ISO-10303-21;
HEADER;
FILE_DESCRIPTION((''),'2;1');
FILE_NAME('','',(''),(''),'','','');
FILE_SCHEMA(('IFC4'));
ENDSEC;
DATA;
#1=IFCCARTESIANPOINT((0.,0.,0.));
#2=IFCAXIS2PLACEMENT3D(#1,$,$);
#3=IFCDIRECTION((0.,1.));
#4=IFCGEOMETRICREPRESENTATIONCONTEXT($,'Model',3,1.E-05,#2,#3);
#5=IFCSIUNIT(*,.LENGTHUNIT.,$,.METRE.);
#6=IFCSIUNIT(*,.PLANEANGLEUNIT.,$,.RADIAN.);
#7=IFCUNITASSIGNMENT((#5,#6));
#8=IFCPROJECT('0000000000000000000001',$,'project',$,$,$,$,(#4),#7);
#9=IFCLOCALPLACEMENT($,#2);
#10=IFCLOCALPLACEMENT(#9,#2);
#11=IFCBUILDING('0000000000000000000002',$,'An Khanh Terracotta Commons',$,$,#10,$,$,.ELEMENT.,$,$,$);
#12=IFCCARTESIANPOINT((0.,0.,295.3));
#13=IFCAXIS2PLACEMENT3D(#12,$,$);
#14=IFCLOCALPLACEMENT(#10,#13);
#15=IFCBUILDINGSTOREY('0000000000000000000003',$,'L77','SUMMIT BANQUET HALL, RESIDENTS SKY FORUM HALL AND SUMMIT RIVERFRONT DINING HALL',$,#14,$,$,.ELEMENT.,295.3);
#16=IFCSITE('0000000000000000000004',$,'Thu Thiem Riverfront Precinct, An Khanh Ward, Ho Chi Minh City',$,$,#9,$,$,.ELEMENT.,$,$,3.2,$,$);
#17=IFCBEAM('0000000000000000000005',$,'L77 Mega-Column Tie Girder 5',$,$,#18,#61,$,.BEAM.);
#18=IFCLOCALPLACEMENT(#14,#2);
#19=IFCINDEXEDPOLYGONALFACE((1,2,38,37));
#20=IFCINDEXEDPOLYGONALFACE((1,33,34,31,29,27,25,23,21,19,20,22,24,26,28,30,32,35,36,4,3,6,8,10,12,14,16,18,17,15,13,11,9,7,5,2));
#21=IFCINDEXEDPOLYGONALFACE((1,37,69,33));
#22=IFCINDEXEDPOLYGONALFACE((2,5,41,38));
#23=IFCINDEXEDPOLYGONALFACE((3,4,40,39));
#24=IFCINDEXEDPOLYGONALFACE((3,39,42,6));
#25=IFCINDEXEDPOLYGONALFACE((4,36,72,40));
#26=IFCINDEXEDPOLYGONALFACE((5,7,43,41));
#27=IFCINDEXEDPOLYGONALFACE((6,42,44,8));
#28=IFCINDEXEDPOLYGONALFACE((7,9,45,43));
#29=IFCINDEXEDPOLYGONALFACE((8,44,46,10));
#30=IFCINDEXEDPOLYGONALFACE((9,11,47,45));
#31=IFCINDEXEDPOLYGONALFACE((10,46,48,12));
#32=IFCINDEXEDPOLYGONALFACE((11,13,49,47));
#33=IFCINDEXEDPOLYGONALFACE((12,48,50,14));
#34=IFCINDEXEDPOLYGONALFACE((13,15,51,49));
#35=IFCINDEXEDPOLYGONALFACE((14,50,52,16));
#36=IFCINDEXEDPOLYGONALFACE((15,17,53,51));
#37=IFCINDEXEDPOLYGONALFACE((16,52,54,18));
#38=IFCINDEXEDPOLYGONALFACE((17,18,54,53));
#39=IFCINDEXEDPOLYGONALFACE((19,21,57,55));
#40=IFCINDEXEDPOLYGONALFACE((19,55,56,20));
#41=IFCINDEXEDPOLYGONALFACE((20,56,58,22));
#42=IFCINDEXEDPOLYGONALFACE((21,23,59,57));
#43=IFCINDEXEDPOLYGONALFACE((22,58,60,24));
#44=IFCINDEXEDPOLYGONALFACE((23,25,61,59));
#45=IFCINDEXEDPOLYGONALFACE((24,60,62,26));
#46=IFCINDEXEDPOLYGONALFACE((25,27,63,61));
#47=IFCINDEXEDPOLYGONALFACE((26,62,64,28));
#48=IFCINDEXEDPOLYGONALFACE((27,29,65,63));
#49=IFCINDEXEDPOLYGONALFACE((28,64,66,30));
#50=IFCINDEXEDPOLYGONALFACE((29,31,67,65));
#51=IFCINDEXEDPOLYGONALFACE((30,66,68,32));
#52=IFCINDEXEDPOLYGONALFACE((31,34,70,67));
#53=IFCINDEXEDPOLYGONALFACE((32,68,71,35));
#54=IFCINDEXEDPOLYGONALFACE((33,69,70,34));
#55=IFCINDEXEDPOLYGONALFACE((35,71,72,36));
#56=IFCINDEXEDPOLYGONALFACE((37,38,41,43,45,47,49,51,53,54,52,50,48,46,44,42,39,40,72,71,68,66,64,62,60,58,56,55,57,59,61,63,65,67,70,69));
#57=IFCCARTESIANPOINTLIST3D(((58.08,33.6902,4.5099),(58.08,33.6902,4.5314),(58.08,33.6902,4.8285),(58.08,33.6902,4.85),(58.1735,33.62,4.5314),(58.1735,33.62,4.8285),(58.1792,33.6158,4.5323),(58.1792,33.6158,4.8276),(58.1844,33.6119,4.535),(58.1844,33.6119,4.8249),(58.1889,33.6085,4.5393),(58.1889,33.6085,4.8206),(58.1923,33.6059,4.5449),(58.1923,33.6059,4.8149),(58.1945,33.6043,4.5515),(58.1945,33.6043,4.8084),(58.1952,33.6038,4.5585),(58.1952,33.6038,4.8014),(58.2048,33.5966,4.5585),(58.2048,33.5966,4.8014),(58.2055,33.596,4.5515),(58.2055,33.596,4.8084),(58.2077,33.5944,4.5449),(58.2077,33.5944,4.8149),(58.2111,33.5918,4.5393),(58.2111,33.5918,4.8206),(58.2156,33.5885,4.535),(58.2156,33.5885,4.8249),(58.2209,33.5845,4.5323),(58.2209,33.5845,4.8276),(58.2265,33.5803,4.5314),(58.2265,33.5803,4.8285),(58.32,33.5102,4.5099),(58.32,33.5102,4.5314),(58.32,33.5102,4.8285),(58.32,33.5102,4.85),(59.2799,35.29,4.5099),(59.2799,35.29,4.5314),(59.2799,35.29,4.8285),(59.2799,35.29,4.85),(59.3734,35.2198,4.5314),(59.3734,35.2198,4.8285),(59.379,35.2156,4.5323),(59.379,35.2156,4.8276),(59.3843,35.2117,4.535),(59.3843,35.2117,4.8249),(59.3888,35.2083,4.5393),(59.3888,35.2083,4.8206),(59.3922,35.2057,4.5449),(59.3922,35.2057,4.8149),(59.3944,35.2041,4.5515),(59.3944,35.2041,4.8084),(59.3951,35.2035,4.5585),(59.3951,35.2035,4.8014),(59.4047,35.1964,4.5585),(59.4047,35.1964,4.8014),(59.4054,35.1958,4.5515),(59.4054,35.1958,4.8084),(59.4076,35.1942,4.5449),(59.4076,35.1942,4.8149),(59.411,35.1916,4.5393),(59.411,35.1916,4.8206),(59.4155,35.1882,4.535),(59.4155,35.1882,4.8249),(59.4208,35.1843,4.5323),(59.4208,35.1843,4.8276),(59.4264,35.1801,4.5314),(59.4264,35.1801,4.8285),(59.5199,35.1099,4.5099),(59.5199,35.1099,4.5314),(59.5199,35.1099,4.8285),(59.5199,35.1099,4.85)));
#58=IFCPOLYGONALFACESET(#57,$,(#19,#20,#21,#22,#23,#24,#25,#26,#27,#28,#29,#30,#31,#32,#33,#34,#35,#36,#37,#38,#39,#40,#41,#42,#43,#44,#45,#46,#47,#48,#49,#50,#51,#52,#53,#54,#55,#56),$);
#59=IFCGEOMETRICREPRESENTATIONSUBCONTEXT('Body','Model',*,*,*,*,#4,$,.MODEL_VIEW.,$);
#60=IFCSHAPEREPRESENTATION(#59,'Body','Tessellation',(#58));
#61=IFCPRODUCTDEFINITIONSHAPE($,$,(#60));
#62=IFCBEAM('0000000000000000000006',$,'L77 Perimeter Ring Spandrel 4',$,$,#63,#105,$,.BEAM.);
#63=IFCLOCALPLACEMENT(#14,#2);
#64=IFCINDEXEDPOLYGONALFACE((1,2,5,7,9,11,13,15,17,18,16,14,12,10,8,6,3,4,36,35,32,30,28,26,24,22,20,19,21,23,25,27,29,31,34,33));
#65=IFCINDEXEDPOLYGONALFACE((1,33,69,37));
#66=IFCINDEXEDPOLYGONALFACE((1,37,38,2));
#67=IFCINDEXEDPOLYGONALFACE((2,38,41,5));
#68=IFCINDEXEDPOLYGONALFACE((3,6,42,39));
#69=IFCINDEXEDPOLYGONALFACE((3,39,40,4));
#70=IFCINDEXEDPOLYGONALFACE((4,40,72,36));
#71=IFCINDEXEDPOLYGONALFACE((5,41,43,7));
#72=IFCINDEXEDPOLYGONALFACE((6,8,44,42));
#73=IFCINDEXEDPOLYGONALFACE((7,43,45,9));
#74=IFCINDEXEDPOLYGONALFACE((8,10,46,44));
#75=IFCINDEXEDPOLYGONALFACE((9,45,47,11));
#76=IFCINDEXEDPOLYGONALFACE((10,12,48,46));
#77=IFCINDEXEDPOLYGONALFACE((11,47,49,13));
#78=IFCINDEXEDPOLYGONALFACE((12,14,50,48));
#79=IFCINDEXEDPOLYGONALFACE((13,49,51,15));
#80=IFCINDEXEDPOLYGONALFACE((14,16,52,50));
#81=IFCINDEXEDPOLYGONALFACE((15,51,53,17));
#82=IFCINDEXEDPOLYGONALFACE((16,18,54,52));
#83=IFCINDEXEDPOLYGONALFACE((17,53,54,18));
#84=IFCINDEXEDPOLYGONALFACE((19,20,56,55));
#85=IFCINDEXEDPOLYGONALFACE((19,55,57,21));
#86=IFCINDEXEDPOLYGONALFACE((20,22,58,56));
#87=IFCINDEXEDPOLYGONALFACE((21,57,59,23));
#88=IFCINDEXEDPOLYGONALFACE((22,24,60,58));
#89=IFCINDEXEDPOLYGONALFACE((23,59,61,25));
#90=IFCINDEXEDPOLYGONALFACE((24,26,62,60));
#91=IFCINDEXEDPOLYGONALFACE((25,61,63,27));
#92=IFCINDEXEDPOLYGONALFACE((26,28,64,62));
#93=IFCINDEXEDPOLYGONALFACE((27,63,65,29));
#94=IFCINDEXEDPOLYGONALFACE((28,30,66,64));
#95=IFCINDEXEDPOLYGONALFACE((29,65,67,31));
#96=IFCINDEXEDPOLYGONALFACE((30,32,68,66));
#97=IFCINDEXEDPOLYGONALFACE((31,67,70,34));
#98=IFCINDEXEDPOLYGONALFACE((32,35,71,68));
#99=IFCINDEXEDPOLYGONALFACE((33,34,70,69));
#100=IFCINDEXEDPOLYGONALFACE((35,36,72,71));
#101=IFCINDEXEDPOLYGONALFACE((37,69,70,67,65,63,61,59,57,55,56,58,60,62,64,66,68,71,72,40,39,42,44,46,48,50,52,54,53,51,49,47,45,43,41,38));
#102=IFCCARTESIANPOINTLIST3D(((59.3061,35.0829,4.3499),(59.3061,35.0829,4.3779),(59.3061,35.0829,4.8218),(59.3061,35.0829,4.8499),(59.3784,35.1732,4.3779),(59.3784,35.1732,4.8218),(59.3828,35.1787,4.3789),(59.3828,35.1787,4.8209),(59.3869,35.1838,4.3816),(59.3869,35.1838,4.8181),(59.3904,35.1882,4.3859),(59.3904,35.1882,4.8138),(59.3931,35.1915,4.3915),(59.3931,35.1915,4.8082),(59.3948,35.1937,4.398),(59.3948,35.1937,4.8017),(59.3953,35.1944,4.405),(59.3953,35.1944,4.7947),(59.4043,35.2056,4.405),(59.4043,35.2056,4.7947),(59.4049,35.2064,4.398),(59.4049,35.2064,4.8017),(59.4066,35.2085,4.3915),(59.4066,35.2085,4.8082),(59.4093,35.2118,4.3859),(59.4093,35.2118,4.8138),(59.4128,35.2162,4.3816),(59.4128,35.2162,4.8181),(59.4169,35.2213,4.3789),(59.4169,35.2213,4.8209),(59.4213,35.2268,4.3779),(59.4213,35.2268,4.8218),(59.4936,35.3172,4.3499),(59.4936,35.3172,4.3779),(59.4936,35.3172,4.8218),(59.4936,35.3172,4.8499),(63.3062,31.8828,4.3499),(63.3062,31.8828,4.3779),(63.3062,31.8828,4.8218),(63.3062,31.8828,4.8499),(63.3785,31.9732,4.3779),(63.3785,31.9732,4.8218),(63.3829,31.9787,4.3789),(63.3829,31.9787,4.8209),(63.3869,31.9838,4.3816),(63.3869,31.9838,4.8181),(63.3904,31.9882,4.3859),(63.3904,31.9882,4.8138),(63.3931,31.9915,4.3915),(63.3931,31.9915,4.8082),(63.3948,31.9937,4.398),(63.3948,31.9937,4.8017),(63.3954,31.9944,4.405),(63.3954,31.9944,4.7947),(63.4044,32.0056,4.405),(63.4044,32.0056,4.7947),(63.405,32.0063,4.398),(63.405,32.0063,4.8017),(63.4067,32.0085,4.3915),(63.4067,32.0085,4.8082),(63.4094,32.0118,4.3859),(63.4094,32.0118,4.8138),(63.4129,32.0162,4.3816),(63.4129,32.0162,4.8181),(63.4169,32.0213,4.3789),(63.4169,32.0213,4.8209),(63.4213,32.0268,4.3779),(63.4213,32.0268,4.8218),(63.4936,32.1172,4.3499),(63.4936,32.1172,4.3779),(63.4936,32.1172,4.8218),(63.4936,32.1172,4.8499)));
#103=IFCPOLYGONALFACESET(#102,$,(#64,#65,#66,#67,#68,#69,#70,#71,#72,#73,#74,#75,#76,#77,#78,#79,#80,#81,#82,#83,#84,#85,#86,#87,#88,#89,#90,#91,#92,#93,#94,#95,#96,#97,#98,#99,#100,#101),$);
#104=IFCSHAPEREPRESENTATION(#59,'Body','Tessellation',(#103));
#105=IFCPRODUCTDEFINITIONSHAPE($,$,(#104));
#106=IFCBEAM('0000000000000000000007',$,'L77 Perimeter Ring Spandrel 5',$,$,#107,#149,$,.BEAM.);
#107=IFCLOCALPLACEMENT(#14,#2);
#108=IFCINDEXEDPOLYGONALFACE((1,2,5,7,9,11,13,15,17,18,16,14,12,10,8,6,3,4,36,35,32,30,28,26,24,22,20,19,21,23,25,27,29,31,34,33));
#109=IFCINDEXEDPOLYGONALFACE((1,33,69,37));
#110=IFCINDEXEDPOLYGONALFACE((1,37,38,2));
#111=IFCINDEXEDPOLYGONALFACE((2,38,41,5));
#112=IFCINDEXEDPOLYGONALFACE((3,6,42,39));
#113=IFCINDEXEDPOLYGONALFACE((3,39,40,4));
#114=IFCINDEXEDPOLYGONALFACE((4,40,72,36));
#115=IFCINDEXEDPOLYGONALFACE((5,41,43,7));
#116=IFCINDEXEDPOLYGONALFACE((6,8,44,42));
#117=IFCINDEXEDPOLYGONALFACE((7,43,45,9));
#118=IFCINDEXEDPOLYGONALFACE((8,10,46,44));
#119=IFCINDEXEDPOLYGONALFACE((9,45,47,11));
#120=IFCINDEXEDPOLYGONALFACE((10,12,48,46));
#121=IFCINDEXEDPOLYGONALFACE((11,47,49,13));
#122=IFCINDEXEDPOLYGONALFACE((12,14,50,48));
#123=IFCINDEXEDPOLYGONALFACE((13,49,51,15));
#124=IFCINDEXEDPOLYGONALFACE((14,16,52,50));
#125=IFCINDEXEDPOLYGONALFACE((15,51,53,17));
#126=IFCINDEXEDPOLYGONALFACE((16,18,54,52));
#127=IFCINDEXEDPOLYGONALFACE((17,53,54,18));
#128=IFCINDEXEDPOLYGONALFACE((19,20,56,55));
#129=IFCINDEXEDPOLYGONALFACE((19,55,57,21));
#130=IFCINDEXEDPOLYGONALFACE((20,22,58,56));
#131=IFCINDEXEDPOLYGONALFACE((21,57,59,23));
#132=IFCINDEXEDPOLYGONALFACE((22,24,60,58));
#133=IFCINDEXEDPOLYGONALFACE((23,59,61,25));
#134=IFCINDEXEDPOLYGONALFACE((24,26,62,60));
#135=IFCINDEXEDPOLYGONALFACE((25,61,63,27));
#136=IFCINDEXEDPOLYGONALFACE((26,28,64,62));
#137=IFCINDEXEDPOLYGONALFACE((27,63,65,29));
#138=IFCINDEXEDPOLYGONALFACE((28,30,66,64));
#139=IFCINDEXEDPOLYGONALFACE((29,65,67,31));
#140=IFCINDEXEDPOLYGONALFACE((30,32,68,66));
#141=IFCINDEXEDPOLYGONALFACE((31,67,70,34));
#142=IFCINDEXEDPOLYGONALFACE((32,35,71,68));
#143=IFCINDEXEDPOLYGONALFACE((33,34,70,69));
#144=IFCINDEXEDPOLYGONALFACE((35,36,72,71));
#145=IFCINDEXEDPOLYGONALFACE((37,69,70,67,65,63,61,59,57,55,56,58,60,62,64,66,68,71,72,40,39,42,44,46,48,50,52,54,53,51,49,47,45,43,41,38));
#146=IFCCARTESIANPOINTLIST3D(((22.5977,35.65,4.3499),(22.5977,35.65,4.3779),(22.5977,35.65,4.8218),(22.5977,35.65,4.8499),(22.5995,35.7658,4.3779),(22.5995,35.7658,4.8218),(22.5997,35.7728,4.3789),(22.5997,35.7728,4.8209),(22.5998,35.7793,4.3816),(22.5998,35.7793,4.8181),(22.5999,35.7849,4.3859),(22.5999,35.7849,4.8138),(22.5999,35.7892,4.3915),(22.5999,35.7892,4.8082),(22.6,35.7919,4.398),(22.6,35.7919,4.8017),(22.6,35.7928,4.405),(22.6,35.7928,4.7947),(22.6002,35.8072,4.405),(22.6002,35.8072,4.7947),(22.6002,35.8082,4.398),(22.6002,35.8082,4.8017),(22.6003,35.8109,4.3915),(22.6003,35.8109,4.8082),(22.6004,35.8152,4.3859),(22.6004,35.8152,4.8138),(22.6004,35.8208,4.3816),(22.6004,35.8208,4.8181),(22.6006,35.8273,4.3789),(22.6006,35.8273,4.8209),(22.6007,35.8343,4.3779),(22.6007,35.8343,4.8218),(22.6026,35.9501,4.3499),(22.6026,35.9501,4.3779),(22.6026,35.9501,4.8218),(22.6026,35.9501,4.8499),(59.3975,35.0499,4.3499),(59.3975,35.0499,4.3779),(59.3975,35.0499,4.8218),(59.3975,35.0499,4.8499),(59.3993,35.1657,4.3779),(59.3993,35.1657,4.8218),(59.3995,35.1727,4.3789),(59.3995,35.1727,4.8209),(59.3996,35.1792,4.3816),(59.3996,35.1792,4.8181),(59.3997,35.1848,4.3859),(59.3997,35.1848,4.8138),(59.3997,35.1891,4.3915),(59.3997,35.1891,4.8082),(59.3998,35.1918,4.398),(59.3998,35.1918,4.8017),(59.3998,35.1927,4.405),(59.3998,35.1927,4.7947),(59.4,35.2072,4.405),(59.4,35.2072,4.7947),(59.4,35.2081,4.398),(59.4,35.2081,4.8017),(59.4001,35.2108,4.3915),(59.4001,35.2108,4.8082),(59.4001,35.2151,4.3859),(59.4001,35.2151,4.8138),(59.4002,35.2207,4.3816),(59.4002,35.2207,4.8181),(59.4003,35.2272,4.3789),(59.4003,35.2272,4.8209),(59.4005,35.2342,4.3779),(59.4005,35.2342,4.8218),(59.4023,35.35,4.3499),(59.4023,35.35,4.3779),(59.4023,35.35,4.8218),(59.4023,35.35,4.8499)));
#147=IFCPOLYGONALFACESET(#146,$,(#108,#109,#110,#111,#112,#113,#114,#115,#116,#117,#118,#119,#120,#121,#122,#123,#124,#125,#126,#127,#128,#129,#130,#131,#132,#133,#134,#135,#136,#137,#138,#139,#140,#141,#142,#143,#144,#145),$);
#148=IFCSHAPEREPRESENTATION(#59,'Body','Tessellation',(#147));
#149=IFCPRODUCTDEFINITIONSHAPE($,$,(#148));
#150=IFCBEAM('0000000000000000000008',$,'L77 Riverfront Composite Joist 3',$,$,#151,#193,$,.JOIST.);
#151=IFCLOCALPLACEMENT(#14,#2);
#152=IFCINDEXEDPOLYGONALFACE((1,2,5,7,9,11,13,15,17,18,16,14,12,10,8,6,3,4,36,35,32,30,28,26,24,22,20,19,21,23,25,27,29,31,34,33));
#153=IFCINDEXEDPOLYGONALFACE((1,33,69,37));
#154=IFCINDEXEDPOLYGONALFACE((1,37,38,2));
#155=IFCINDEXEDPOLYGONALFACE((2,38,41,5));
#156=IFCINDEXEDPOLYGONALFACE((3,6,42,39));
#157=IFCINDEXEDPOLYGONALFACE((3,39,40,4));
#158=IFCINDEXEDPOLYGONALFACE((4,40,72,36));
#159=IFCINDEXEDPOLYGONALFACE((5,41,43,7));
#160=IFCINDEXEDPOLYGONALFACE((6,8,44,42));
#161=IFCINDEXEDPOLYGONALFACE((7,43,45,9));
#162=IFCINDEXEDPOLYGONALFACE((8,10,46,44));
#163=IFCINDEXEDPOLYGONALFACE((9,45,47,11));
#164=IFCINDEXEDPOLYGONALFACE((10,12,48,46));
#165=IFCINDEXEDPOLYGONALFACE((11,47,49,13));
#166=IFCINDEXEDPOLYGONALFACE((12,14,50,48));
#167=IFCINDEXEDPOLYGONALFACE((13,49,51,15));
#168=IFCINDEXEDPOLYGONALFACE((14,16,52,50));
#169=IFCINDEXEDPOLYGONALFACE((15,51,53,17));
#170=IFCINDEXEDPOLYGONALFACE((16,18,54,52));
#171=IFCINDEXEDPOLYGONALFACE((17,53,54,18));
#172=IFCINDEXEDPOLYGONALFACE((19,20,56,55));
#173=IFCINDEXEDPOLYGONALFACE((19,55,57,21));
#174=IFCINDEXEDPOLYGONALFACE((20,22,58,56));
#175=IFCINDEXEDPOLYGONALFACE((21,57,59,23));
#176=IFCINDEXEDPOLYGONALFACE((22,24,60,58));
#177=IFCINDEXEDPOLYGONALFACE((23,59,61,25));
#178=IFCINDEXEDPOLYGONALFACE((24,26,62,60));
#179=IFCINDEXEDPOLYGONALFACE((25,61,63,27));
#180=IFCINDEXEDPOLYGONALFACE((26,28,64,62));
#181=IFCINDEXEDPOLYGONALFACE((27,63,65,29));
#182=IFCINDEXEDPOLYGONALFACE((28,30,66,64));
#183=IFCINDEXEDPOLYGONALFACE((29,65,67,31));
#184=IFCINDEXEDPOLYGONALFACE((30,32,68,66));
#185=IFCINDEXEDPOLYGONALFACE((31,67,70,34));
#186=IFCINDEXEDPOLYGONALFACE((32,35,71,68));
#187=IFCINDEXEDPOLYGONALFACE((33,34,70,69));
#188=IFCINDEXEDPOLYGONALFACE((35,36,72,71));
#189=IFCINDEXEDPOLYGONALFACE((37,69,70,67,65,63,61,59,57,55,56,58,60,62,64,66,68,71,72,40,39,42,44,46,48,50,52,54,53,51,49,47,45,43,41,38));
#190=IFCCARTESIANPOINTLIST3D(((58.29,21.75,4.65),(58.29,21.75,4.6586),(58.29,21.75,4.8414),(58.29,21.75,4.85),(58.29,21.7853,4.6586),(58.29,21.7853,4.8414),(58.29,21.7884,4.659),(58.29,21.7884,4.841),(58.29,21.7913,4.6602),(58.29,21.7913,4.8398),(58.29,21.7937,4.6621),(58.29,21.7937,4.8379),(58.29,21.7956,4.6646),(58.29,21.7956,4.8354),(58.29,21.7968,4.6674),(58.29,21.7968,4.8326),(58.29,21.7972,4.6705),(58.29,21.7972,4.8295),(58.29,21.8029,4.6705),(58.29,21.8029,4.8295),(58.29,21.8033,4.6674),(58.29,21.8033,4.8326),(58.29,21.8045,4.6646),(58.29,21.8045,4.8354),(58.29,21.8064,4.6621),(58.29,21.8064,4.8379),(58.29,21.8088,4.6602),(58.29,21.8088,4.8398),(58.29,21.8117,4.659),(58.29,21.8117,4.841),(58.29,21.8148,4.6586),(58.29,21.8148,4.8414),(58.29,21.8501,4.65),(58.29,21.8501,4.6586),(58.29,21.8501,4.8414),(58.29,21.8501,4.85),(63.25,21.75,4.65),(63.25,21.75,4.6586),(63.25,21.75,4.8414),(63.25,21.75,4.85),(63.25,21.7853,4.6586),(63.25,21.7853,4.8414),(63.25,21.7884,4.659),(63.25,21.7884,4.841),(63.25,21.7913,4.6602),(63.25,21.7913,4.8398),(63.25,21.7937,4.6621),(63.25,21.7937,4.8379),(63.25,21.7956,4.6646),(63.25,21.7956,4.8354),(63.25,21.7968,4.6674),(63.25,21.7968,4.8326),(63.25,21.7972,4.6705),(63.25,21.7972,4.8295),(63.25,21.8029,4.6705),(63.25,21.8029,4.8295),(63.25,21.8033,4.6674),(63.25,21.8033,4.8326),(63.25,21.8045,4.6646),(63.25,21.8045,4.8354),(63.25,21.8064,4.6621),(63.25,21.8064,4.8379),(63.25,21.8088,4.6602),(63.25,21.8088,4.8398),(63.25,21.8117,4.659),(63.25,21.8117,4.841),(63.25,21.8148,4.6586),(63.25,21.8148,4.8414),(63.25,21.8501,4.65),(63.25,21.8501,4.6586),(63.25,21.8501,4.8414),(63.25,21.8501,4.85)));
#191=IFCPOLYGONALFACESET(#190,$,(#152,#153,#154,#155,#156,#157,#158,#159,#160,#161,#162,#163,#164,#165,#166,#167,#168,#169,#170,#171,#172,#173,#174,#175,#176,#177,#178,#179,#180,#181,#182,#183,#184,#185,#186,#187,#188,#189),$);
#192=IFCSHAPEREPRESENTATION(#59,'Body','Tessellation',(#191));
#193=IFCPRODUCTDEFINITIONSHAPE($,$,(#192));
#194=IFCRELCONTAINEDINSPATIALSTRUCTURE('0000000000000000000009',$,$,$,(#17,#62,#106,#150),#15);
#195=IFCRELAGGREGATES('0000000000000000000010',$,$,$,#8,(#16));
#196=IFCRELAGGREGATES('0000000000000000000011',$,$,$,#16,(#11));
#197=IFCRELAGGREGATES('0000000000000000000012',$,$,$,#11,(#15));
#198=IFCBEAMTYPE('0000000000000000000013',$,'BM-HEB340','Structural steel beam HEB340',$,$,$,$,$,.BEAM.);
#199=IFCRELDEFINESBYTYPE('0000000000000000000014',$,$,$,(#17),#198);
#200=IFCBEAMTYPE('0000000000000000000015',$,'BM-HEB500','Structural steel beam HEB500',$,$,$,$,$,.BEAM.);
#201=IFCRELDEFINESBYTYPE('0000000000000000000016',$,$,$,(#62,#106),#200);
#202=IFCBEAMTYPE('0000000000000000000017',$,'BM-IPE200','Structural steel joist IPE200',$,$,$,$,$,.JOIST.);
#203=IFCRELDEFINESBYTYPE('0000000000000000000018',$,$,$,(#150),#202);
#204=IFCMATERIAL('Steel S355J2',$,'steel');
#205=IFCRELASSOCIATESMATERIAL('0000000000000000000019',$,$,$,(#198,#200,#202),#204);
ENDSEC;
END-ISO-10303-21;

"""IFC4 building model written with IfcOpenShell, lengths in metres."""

from ifc_helpers import new_model, si_unit, direction, frame, origin, origin_2d, place, context, subcontext, project, spatial, i_section, extrude, material, material_profile, profile_set, type_object, element, save


model = new_model("IFC4")

# Units and contexts
model_context = context("Model", 3, precision=1e-05, world=origin(), true_north=direction((0.0, 1.0)))
body_context = subcontext(model_context, "Body", "Model", "MODEL_VIEW")
ifc_project = project(units=[si_unit("LENGTHUNIT", "METRE"), si_unit("PLANEANGLEUNIT", "RADIAN")], contexts=[model_context])

# Site, building, storey
site_placement = place(None, origin())
site = spatial("IfcSite", under=ifc_project, at=site_placement, Name="Thu Thiem Riverfront Precinct, An Khanh Ward, Ho Chi Minh City", CompositionType="ELEMENT", RefElevation=3.2)
building_placement = place(site_placement, origin())
building = spatial("IfcBuilding", under=site, at=building_placement, Name="An Khanh Terracotta Commons", CompositionType="ELEMENT")
storey_placement = place(building_placement, frame((0.0, 0.0, 295.3)))
storey = spatial("IfcBuildingStorey", under=building, at=storey_placement, Name="L77", Description="SUMMIT BANQUET HALL, RESIDENTS SKY FORUM HALL AND SUMMIT RIVERFRONT DINING HALL", CompositionType="ELEMENT", Elevation=295.3)

# Beams
ifc_material_1 = material(Name="Steel S355J2", Category="steel")
ifc_material_profile_1 = material_profile(ifc_material_1, i_section(OverallWidth=0.3, OverallDepth=0.3401, WebThickness=0.012, FlangeThickness=0.0215, FilletRadius=0.0271, at=origin_2d()), Name="HEB340")
ifc_profile_set_1 = profile_set([ifc_material_profile_1], Name="Steel S355J2")
beam_type_1 = type_object("IfcBeamType", Name="BM-HEB340", Description="Structural steel beam HEB340", PredefinedType="BEAM", material=ifc_profile_set_1)
beam_1_placement = place(storey_placement, frame((59.3999, 35.2, 4.6799), z_axis=(-0.60002, -0.799985, 0.0), x_axis=(0.799985, -0.60002, 0.0)))
element("IfcBeam", 1, at=beam_1_placement, inside=storey, type_object=beam_type_1, Name="L77 Mega-Column Tie Girder 5", PredefinedType="BEAM", context=body_context, shape_type="SweptSolid", body=[
    extrude(i_section(OverallWidth=0.3, OverallDepth=0.3401, WebThickness=0.012, FlangeThickness=0.0215, FilletRadius=0.0271, at=origin_2d()), origin(), (0.0, 0.0, 1.0), 1.9998),
])
ifc_material_profile_2 = material_profile(ifc_material_1, i_section(OverallWidth=0.3, OverallDepth=0.5, WebThickness=0.0144, FlangeThickness=0.0281, FilletRadius=0.0271, at=origin_2d()), Name="HEB500")
ifc_profile_set_2 = profile_set([ifc_material_profile_2], Name="Steel S355J2")
beam_type_2 = type_object("IfcBeamType", Name="BM-HEB500", Description="Structural steel beam HEB500", PredefinedType="BEAM", material=ifc_profile_set_2)
beam_2_placement = place(storey_placement, frame((63.3999, 32.0, 4.5999), z_axis=(-0.780873, 0.624689, 0.0), x_axis=(-0.624689, -0.780873, 0.0)))
element("IfcBeam", 2, at=beam_2_placement, inside=storey, type_object=beam_type_2, Name="L77 Perimeter Ring Spandrel 4", PredefinedType="BEAM", context=body_context, shape_type="SweptSolid", body=[
    extrude(i_section(OverallWidth=0.3, OverallDepth=0.5, WebThickness=0.0144, FlangeThickness=0.0281, FilletRadius=0.0271, at=origin_2d()), origin(), (0.0, 0.0, 1.0), 5.1226),
])
beam_3_placement = place(storey_placement, frame((59.3999, 35.2, 4.5999), z_axis=(-0.999867, 0.016305, 0.0), x_axis=(-0.016305, -0.999867, 0.0)))
element("IfcBeam", 3, at=beam_3_placement, inside=storey, type_object=beam_type_2, Name="L77 Perimeter Ring Spandrel 5", PredefinedType="BEAM", context=body_context, shape_type="SweptSolid", body=[
    extrude(i_section(OverallWidth=0.3, OverallDepth=0.5, WebThickness=0.0144, FlangeThickness=0.0281, FilletRadius=0.0271, at=origin_2d()), origin(), (0.0, 0.0, 1.0), 36.8047),
])
ifc_material_profile_3 = material_profile(ifc_material_1, i_section(OverallWidth=0.1001, OverallDepth=0.2, WebThickness=0.0056, FlangeThickness=0.0085, FilletRadius=0.012, at=origin_2d()), Name="IPE200")
ifc_profile_set_3 = profile_set([ifc_material_profile_3], Name="Steel S355J2")
beam_type_3 = type_object("IfcBeamType", Name="BM-IPE200", Description="Structural steel joist IPE200", PredefinedType="JOIST", material=ifc_profile_set_3)
for number, where, z_axis, x_axis, name in (
    (4, (58.29, 21.8, 4.75), (1.0, 0.0, 0.0), (0.0, 1.0, 0.0), "L77 Riverfront Composite Joist 3"),
):
    element("IfcBeam", number, at=place(storey_placement, frame(where, z_axis=z_axis, x_axis=x_axis)), inside=storey, type_object=beam_type_3, Name=name, PredefinedType="JOIST", context=body_context, shape_type="SweptSolid", body=[
        extrude(i_section(OverallWidth=0.1001, OverallDepth=0.2, WebThickness=0.0056, FlangeThickness=0.0085, FilletRadius=0.012, at=origin_2d()), origin(), (0.0, 0.0, 1.0), 4.96),
    ])

save(model, "model.ifc")
